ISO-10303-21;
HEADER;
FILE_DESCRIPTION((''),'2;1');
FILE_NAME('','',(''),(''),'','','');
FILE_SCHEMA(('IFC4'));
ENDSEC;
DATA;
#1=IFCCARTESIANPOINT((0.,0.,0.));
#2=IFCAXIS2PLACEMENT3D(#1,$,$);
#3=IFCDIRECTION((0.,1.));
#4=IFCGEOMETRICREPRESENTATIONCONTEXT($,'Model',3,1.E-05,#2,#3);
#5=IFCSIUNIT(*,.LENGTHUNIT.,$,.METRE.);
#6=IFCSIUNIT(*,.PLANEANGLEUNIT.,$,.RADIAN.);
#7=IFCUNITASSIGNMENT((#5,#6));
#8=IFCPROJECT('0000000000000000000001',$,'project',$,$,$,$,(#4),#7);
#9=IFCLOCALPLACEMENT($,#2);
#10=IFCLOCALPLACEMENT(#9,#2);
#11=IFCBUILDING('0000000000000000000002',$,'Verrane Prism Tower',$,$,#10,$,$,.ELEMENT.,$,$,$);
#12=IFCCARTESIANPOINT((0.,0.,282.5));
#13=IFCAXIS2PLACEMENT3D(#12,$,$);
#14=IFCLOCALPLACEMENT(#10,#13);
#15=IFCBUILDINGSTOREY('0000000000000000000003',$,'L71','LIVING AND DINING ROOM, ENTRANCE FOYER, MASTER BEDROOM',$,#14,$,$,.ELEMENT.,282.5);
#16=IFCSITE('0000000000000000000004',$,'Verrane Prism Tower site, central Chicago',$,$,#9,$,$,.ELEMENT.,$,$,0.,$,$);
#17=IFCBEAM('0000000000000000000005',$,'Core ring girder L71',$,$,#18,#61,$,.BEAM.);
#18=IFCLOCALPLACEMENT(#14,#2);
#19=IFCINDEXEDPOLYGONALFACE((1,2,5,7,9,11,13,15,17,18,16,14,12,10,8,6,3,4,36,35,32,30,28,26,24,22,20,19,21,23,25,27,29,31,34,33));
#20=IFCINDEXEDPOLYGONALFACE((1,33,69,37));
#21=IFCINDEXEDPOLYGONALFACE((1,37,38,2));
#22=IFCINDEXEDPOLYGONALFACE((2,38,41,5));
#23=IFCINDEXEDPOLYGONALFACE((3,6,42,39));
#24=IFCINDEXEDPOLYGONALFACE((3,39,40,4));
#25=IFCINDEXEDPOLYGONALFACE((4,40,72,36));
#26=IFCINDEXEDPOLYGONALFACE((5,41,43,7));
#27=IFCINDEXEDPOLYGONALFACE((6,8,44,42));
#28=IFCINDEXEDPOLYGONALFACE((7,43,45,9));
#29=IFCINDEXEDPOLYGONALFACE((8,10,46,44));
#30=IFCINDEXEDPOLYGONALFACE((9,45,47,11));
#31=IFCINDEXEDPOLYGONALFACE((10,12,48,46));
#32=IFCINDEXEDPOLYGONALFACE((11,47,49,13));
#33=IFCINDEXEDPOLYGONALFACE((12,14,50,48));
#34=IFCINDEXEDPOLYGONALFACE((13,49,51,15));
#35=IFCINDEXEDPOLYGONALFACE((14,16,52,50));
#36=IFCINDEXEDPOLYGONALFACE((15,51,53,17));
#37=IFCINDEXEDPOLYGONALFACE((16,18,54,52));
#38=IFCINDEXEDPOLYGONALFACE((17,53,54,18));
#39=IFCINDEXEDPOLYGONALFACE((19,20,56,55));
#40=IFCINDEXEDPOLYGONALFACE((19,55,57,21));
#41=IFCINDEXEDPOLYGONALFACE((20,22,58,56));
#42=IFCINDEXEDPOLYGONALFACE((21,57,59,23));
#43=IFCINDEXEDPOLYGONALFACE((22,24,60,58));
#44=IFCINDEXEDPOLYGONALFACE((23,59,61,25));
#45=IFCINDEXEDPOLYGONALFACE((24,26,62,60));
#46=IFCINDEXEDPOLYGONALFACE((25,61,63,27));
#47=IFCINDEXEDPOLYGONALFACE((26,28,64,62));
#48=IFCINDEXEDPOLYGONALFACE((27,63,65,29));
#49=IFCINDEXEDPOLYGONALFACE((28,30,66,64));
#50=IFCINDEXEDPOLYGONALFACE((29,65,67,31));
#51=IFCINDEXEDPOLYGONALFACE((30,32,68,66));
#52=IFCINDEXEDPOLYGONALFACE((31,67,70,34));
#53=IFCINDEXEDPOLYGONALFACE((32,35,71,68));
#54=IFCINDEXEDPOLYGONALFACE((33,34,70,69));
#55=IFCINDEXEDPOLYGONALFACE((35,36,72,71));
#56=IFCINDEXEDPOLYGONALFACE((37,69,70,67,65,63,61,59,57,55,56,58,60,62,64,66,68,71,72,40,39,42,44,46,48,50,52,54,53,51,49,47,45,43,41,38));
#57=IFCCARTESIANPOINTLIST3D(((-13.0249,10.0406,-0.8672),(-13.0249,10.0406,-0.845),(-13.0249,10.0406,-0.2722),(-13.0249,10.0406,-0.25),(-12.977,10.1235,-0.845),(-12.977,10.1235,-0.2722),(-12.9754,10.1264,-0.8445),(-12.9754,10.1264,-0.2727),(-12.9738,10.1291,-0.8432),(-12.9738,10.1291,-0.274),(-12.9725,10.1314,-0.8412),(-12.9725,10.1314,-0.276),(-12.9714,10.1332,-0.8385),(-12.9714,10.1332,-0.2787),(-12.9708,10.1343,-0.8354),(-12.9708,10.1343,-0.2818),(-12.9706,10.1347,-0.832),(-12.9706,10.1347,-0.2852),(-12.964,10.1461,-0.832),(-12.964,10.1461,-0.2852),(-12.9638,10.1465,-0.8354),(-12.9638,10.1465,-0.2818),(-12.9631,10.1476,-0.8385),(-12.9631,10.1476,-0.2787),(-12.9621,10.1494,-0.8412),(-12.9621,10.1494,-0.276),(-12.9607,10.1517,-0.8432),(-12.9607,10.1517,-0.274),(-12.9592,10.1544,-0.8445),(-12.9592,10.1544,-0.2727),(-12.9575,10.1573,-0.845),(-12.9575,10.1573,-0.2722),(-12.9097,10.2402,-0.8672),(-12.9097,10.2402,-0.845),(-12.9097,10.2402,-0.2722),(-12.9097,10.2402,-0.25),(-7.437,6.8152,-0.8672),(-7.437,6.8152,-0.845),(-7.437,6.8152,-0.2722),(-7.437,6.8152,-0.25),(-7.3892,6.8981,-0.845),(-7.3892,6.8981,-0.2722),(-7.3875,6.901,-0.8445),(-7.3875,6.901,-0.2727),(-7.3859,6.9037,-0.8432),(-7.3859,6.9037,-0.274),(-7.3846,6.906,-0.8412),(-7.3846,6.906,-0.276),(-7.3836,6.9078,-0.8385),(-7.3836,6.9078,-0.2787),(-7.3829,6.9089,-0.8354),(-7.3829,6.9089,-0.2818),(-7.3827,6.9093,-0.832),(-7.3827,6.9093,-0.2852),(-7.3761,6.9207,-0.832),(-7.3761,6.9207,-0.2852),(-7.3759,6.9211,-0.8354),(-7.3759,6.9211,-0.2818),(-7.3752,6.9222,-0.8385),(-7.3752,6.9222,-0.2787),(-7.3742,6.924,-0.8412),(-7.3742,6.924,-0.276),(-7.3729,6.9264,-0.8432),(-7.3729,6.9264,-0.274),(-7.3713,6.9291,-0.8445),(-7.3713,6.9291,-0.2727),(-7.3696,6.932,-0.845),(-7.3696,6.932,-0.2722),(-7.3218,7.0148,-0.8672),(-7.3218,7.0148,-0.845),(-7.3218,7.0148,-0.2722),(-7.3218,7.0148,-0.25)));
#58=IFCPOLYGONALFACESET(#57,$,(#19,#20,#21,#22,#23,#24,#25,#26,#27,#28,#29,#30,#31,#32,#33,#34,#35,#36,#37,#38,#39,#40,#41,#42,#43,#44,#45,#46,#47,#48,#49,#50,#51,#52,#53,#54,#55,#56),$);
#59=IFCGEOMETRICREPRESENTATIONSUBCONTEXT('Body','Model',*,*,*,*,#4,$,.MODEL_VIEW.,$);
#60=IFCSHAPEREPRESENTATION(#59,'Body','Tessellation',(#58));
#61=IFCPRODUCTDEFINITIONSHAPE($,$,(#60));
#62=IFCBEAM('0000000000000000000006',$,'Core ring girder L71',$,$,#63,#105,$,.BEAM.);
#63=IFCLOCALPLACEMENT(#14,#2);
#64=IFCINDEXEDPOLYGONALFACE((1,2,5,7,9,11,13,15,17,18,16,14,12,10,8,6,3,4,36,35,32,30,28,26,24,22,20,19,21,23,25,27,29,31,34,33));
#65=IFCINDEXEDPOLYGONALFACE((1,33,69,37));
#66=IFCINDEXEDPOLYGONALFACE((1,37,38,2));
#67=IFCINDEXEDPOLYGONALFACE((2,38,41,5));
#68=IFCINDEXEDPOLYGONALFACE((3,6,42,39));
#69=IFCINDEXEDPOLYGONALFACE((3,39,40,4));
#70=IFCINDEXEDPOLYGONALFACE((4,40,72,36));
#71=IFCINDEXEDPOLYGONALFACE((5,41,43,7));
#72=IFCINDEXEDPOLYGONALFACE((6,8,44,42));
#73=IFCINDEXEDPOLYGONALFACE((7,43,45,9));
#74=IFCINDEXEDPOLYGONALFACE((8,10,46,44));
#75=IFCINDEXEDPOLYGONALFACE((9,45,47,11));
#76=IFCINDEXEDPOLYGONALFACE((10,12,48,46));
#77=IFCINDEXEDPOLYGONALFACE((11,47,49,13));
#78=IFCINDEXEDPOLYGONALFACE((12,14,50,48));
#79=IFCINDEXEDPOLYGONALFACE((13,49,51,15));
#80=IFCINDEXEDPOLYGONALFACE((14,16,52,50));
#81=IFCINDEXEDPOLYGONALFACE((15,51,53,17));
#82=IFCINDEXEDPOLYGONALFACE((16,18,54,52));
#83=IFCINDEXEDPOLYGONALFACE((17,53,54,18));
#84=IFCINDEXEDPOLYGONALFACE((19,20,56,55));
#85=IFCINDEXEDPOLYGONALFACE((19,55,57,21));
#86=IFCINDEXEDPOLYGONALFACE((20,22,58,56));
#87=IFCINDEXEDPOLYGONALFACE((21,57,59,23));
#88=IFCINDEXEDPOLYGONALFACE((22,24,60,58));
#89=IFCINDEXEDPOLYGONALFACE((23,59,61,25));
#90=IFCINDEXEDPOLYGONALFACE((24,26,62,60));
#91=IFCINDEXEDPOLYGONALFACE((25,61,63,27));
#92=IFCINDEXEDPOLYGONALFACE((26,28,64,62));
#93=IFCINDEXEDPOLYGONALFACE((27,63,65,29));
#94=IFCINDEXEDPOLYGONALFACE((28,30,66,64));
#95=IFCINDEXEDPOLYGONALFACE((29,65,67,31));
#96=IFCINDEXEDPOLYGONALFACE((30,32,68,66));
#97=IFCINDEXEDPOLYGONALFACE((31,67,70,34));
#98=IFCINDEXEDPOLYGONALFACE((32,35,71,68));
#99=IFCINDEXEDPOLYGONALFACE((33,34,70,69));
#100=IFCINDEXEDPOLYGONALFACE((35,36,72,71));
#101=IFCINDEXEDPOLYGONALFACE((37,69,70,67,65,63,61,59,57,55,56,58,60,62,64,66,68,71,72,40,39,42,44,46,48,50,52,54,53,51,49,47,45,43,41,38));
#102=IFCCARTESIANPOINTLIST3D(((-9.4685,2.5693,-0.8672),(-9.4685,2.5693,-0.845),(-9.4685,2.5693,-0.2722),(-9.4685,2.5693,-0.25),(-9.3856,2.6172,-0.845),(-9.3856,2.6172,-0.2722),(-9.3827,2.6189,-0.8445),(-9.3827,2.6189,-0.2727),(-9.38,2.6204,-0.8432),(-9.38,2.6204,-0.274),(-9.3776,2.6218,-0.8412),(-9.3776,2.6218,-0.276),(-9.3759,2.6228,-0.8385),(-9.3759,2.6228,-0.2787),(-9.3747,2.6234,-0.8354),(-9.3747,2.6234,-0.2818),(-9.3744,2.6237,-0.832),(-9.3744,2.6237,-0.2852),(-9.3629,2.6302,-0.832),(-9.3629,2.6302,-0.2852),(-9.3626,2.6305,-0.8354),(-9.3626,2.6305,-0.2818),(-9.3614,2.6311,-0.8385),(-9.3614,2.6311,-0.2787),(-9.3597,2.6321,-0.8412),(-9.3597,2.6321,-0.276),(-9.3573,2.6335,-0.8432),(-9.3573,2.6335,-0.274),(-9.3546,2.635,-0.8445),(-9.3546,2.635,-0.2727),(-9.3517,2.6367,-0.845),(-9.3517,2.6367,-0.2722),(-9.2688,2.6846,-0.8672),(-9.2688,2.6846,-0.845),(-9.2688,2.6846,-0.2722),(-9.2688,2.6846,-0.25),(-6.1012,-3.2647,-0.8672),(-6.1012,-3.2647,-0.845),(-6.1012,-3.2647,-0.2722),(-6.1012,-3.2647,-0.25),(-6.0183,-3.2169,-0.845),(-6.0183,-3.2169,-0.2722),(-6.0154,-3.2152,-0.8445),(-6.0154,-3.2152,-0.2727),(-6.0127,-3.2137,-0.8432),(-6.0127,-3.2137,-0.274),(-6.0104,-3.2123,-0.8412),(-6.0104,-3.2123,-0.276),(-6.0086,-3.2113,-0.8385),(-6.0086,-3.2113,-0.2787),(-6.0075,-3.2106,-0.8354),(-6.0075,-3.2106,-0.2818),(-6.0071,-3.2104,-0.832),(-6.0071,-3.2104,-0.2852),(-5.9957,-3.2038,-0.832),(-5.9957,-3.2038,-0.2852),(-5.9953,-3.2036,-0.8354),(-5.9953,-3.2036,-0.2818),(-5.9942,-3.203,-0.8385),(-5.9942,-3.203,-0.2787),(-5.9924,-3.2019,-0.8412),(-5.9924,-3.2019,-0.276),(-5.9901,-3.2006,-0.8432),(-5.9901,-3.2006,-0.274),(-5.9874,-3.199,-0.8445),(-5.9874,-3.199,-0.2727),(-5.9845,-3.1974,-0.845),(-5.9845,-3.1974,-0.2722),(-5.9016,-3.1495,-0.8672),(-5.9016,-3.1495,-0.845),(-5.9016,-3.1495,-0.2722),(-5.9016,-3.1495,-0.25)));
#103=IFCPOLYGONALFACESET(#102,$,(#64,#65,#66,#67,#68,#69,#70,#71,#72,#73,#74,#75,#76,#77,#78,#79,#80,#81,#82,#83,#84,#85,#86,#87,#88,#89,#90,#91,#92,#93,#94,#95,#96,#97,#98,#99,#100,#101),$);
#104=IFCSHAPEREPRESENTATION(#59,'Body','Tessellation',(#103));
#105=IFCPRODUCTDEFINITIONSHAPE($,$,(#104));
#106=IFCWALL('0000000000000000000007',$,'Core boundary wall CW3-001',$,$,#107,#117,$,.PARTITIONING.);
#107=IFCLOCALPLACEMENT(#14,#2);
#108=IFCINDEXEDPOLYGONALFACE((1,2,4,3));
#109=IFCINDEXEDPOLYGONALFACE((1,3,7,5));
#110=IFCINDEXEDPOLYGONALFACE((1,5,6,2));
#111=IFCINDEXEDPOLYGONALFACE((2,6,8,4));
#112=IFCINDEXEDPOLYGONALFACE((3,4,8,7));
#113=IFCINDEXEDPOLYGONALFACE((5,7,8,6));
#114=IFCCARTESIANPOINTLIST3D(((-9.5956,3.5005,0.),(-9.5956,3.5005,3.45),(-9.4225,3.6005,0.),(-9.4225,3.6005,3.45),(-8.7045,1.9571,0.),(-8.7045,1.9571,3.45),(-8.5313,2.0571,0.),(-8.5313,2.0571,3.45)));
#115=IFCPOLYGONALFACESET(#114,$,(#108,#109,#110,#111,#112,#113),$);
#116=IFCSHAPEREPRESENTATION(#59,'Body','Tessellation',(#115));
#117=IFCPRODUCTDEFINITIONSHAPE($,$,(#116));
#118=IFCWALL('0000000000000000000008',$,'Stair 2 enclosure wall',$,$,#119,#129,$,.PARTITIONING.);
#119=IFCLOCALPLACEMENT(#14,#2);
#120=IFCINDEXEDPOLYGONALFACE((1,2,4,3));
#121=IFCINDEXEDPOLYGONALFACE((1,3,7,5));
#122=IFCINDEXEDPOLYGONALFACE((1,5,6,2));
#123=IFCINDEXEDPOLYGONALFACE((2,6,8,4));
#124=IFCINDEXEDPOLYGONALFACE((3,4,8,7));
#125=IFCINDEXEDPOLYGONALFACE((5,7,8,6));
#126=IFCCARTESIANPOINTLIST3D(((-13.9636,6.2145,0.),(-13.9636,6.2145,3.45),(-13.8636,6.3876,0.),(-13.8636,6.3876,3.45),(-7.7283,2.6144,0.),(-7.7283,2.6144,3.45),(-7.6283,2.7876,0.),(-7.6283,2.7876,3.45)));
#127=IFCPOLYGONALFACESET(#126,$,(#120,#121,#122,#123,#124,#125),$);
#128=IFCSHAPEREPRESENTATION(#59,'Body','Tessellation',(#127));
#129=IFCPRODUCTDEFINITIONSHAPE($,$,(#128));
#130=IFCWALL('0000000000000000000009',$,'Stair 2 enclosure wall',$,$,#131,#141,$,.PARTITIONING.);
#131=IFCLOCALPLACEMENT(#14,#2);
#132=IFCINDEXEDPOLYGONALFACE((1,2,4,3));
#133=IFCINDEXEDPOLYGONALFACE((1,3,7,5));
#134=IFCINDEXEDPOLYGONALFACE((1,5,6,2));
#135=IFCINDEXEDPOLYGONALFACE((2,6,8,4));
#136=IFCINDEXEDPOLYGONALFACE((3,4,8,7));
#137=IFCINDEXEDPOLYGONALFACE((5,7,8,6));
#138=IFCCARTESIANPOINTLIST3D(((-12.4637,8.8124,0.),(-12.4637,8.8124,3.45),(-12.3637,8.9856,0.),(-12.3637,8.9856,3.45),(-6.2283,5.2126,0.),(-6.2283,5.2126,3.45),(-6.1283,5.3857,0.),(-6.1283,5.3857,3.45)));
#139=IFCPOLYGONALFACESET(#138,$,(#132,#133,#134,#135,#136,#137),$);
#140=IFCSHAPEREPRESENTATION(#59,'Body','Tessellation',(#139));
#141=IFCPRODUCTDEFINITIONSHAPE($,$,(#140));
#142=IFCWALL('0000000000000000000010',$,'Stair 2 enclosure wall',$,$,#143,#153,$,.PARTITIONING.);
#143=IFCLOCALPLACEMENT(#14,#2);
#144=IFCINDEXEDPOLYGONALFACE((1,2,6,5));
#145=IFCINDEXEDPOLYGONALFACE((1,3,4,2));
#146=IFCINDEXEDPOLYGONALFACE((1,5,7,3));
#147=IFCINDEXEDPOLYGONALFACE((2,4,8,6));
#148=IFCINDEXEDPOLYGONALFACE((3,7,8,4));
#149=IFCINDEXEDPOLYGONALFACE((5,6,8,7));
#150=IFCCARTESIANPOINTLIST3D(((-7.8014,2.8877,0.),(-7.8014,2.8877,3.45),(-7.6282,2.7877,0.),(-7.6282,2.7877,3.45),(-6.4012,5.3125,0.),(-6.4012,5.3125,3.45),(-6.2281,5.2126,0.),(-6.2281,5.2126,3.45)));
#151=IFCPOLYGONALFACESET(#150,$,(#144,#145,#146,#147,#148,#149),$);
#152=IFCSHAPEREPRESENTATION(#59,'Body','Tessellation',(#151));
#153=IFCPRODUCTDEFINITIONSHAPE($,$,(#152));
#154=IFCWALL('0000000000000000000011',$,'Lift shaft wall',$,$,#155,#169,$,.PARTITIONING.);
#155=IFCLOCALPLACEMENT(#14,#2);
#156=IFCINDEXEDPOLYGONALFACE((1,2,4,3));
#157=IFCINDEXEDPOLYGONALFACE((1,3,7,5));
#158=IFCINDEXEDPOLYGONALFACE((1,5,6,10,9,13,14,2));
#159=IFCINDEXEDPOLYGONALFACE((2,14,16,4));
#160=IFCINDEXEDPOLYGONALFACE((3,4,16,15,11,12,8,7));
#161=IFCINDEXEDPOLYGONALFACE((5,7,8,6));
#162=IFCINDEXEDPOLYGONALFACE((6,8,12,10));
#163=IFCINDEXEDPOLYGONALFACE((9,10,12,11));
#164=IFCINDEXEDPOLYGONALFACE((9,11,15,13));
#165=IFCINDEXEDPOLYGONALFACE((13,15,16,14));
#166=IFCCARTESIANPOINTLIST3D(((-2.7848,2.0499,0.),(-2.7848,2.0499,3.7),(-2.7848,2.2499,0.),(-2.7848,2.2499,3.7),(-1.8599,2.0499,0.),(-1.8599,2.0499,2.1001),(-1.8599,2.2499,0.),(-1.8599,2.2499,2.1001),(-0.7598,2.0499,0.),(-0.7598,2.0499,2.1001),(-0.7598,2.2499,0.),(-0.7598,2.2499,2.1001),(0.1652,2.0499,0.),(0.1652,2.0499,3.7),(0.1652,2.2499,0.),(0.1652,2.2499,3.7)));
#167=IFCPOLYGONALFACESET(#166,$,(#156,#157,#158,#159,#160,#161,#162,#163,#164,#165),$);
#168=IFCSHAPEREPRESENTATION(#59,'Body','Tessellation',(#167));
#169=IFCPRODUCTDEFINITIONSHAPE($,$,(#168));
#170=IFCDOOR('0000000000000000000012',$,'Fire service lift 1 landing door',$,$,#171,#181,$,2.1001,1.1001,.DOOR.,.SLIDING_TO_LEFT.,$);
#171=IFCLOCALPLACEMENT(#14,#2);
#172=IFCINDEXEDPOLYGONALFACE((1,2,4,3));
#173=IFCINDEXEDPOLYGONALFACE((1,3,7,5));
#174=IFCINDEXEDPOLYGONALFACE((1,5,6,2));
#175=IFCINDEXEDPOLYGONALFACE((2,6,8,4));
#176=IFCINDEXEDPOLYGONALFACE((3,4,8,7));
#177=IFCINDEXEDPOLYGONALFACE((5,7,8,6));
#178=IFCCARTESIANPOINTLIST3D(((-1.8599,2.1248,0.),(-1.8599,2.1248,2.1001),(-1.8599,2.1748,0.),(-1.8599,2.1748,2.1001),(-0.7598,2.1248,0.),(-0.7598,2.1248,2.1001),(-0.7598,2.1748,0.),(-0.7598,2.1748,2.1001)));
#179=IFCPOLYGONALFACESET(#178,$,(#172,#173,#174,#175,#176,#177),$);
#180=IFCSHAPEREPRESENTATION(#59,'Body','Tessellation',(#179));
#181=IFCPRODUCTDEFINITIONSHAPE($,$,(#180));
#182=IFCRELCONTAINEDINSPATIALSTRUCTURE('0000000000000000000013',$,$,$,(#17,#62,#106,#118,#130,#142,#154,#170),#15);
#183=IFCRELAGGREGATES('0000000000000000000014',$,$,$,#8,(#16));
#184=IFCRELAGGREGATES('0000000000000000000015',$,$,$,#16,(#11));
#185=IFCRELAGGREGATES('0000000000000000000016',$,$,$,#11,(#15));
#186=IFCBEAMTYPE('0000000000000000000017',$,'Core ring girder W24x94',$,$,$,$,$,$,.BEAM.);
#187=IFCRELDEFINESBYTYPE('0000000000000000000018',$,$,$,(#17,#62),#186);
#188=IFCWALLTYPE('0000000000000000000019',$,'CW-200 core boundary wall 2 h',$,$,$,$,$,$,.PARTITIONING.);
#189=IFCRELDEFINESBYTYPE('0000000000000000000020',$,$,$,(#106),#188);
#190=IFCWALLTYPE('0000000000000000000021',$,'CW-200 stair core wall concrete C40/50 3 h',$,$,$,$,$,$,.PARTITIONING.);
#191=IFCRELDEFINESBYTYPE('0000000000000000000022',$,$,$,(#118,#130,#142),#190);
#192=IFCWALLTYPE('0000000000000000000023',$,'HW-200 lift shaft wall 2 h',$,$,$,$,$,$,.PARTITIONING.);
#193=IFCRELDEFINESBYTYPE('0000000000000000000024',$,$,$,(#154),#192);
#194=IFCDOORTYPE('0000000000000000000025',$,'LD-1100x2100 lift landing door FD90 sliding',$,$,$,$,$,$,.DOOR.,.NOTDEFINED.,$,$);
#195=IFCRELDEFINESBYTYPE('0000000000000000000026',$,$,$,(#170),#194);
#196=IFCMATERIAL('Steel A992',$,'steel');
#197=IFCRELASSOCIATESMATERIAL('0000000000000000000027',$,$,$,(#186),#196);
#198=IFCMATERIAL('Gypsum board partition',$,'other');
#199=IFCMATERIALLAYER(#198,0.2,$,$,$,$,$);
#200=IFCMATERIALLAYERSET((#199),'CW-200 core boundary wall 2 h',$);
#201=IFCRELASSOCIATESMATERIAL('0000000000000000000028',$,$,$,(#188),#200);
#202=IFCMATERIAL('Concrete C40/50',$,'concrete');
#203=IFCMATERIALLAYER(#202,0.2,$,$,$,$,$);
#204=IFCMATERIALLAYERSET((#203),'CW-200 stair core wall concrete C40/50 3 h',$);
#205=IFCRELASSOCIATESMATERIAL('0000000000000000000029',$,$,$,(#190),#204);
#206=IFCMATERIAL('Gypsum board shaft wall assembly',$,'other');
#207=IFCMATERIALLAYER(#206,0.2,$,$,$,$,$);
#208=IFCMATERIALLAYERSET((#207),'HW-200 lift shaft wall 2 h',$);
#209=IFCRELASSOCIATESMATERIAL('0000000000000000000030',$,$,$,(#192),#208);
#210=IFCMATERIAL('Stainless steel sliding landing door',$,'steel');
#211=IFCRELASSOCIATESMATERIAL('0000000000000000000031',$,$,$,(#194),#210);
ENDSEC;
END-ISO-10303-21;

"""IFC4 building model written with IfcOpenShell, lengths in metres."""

from ifc_helpers import new_model, si_unit, direction, frame, frame_2d, origin, origin_2d, place, context, subcontext, project, spatial, rectangle, i_section, extrude, material, layer, layer_set, material_profile, profile_set, type_object, element, fill, save


model = new_model("IFC4")

# Units and contexts
model_context = context("Model", 3, precision=1e-05, world=origin(), true_north=direction((0.0, 1.0)))
body_context = subcontext(model_context, "Body", "Model", "MODEL_VIEW")
ifc_project = project(units=[si_unit("LENGTHUNIT", "METRE"), si_unit("PLANEANGLEUNIT", "RADIAN")], contexts=[model_context])

# Site, building, storey
site_placement = place(None, origin())
site = spatial("IfcSite", under=ifc_project, at=site_placement, Name="Verrane Prism Tower site, central Chicago", CompositionType="ELEMENT", RefElevation=0.0)
building_placement = place(site_placement, origin())
building = spatial("IfcBuilding", under=site, at=building_placement, Name="Verrane Prism Tower", CompositionType="ELEMENT")
storey_placement = place(building_placement, frame((0.0, 0.0, 282.5)))
storey = spatial("IfcBuildingStorey", under=building, at=storey_placement, Name="L71", Description="LIVING AND DINING ROOM, ENTRANCE FOYER, MASTER BEDROOM", CompositionType="ELEMENT", Elevation=282.5)

# Beams
ifc_material_1 = material(Name="Steel A992", Category="steel")
ifc_material_profile_1 = material_profile(ifc_material_1, i_section(OverallWidth=0.2305, OverallDepth=0.6172, WebThickness=0.0132, FlangeThickness=0.0222, FilletRadius=0.0129, at=origin_2d()), Name="W24x94")
ifc_profile_set_1 = profile_set([ifc_material_profile_1], Name="Steel A992")
beam_type = type_object("IfcBeamType", Name="Core ring girder W24x94", PredefinedType="BEAM", material=ifc_profile_set_1)
beam_1_placement = place(storey_placement, frame((-7.3794, 6.915, -0.5586), z_axis=(-0.866081, 0.499904, 0.0), x_axis=(-0.499904, -0.866081, 0.0)))
element("IfcBeam", 1, at=beam_1_placement, inside=storey, type_object=beam_type, Name="Core ring girder L71", PredefinedType="BEAM", context=body_context, shape_type="SweptSolid", body=[
    extrude(i_section(OverallWidth=0.2305, OverallDepth=0.6172, WebThickness=0.0132, FlangeThickness=0.0222, FilletRadius=0.0129, at=origin_2d()), origin(), (0.0, 0.0, 1.0), 6.4519),
])
beam_2_placement = place(storey_placement, frame((-9.3687, 2.627, -0.5586), z_axis=(0.499881, -0.866094, 0.0), x_axis=(0.866094, 0.499881, 0.0)))
element("IfcBeam", 2, at=beam_2_placement, inside=storey, type_object=beam_type, Name="Core ring girder L71", PredefinedType="BEAM", context=body_context, shape_type="SweptSolid", body=[
    extrude(i_section(OverallWidth=0.2305, OverallDepth=0.6172, WebThickness=0.0132, FlangeThickness=0.0222, FilletRadius=0.0129, at=origin_2d()), origin(), (0.0, 0.0, 1.0), 6.7361),
])

# Walls
ifc_material_2 = material(Name="Gypsum board partition", Category="other")
ifc_layer_1 = layer(ifc_material_2, 0.2)
ifc_layer_set_1 = layer_set([ifc_layer_1], Name="CW-200 core boundary wall 2 h")
wall_type_1 = type_object("IfcWallType", Name="CW-200 core boundary wall 2 h", PredefinedType="PARTITIONING", material=ifc_layer_set_1)
wall_1_placement = place(storey_placement, frame((-9.509, 3.5505, 0.0), z_axis=(0.0, 0.0, 1.0), x_axis=(0.499999, -0.866026, 0.0)))
element("IfcWall", 3, at=wall_1_placement, inside=storey, type_object=wall_type_1, Name="Core boundary wall CW3-001", PredefinedType="PARTITIONING", context=body_context, shape_type="SweptSolid", body=[
    extrude(rectangle(XDim=1.7822, YDim=0.2, at=frame_2d((0.8911, 0.0))), origin(), (0.0, 0.0, 1.0), 3.45),
])
ifc_material_3 = material(Name="Concrete C40/50", Category="concrete")
ifc_layer_2 = layer(ifc_material_3, 0.2)
ifc_layer_set_2 = layer_set([ifc_layer_2], Name="CW-200 stair core wall concrete C40/50 3 h")
wall_type_2 = type_object("IfcWallType", Name="CW-200 stair core wall concrete C40/50 3 h", PredefinedType="PARTITIONING", material=ifc_layer_set_2)
for number, where, z_axis, x_axis, name in (
    (4, (-7.6782, 2.7009, 0.0), (0.0, 0.0, 1.0), (-0.866018, 0.500012, 0.0), "Stair 2 enclosure wall"),
    (5, (-6.1782, 5.2991, 0.0), (0.0, 0.0, 1.0), (-0.866033, 0.499987, 0.0), "Stair 2 enclosure wall"),
):
    element("IfcWall", number, at=place(storey_placement, frame(where, z_axis=z_axis, x_axis=x_axis)), inside=storey, type_object=wall_type_2, Name=name, PredefinedType="PARTITIONING", context=body_context, shape_type="SweptSolid", body=[
        extrude(rectangle(XDim=7.2, YDim=0.2, at=frame_2d((3.6001, 0.0))), origin(), (0.0, 0.0, 1.0), 3.45),
    ])
wall_2_placement = place(storey_placement, frame((-6.3147, 5.2625, 0.0), z_axis=(0.0, 0.0, 1.0), x_axis=(-0.50005, -0.865997, 0.0)))
element("IfcWall", 6, at=wall_2_placement, inside=storey, type_object=wall_type_2, Name="Stair 2 enclosure wall", PredefinedType="PARTITIONING", context=body_context, shape_type="SweptSolid", body=[
    extrude(rectangle(XDim=2.8, YDim=0.2, at=frame_2d((1.3999, 0.0))), origin(), (0.0, 0.0, 1.0), 3.45),
])

# Wall, opening, door
ifc_material_4 = material(Name="Gypsum board shaft wall assembly", Category="other")
ifc_layer_3 = layer(ifc_material_4, 0.2)
ifc_layer_set_3 = layer_set([ifc_layer_3], Name="HW-200 lift shaft wall 2 h")
wall_type_3 = type_object("IfcWallType", Name="HW-200 lift shaft wall 2 h", PredefinedType="PARTITIONING", material=ifc_layer_set_3)
wall_3_placement = place(storey_placement, frame((-2.7849, 2.1499, 0.0), z_axis=(0.0, 0.0, 1.0), x_axis=(1.0, 0.0, 0.0)))
wall_3 = element("IfcWall", 7, at=wall_3_placement, inside=storey, type_object=wall_type_3, Name="Lift shaft wall", PredefinedType="PARTITIONING", context=body_context, shape_type="SweptSolid", body=[
    extrude(rectangle(XDim=2.95, YDim=0.2, at=frame_2d((1.4751, 0.0))), origin(), (0.0, 0.0, 1.0), 3.7),
])
opening_1_placement = place(wall_3_placement, frame((0.925, 0.0, 0.0)))
opening_1 = element("IfcOpeningElement", 8, at=opening_1_placement, cuts=wall_3, PredefinedType="OPENING", context=body_context, shape_type="SweptSolid", body=[
    extrude(rectangle(XDim=1.1001, YDim=2.1001, at=frame_2d((0.55, 1.05))), frame((0.0, 0.1099, 0.0), z_axis=(0.0, -1.0, 0.0), x_axis=(1.0, 0.0, 0.0)), (0.0, 0.0, 1.0), 0.22),
])
ifc_material_5 = material(Name="Stainless steel sliding landing door", Category="steel")
door_type_1 = type_object("IfcDoorType", Name="LD-1100x2100 lift landing door FD90 sliding", OperationType="NOTDEFINED", PredefinedType="DOOR", material=ifc_material_5)
door_1_placement = place(opening_1_placement, origin())
door_1 = element("IfcDoor", 9, at=door_1_placement, inside=storey, type_object=door_type_1, Name="Fire service lift 1 landing door", OperationType="SLIDING_TO_LEFT", OverallHeight=2.1001, OverallWidth=1.1001, PredefinedType="DOOR", context=body_context, shape_type="SweptSolid", body=[
    extrude(rectangle(XDim=1.1001, YDim=2.1001, at=frame_2d((0.55, 1.05))), frame((0.0, 0.0249, 0.0), z_axis=(0.0, -1.0, 0.0), x_axis=(1.0, 0.0, 0.0)), (0.0, 0.0, 1.0), 0.05),
])
fill(opening_1, door_1)

save(model, "model.ifc")
